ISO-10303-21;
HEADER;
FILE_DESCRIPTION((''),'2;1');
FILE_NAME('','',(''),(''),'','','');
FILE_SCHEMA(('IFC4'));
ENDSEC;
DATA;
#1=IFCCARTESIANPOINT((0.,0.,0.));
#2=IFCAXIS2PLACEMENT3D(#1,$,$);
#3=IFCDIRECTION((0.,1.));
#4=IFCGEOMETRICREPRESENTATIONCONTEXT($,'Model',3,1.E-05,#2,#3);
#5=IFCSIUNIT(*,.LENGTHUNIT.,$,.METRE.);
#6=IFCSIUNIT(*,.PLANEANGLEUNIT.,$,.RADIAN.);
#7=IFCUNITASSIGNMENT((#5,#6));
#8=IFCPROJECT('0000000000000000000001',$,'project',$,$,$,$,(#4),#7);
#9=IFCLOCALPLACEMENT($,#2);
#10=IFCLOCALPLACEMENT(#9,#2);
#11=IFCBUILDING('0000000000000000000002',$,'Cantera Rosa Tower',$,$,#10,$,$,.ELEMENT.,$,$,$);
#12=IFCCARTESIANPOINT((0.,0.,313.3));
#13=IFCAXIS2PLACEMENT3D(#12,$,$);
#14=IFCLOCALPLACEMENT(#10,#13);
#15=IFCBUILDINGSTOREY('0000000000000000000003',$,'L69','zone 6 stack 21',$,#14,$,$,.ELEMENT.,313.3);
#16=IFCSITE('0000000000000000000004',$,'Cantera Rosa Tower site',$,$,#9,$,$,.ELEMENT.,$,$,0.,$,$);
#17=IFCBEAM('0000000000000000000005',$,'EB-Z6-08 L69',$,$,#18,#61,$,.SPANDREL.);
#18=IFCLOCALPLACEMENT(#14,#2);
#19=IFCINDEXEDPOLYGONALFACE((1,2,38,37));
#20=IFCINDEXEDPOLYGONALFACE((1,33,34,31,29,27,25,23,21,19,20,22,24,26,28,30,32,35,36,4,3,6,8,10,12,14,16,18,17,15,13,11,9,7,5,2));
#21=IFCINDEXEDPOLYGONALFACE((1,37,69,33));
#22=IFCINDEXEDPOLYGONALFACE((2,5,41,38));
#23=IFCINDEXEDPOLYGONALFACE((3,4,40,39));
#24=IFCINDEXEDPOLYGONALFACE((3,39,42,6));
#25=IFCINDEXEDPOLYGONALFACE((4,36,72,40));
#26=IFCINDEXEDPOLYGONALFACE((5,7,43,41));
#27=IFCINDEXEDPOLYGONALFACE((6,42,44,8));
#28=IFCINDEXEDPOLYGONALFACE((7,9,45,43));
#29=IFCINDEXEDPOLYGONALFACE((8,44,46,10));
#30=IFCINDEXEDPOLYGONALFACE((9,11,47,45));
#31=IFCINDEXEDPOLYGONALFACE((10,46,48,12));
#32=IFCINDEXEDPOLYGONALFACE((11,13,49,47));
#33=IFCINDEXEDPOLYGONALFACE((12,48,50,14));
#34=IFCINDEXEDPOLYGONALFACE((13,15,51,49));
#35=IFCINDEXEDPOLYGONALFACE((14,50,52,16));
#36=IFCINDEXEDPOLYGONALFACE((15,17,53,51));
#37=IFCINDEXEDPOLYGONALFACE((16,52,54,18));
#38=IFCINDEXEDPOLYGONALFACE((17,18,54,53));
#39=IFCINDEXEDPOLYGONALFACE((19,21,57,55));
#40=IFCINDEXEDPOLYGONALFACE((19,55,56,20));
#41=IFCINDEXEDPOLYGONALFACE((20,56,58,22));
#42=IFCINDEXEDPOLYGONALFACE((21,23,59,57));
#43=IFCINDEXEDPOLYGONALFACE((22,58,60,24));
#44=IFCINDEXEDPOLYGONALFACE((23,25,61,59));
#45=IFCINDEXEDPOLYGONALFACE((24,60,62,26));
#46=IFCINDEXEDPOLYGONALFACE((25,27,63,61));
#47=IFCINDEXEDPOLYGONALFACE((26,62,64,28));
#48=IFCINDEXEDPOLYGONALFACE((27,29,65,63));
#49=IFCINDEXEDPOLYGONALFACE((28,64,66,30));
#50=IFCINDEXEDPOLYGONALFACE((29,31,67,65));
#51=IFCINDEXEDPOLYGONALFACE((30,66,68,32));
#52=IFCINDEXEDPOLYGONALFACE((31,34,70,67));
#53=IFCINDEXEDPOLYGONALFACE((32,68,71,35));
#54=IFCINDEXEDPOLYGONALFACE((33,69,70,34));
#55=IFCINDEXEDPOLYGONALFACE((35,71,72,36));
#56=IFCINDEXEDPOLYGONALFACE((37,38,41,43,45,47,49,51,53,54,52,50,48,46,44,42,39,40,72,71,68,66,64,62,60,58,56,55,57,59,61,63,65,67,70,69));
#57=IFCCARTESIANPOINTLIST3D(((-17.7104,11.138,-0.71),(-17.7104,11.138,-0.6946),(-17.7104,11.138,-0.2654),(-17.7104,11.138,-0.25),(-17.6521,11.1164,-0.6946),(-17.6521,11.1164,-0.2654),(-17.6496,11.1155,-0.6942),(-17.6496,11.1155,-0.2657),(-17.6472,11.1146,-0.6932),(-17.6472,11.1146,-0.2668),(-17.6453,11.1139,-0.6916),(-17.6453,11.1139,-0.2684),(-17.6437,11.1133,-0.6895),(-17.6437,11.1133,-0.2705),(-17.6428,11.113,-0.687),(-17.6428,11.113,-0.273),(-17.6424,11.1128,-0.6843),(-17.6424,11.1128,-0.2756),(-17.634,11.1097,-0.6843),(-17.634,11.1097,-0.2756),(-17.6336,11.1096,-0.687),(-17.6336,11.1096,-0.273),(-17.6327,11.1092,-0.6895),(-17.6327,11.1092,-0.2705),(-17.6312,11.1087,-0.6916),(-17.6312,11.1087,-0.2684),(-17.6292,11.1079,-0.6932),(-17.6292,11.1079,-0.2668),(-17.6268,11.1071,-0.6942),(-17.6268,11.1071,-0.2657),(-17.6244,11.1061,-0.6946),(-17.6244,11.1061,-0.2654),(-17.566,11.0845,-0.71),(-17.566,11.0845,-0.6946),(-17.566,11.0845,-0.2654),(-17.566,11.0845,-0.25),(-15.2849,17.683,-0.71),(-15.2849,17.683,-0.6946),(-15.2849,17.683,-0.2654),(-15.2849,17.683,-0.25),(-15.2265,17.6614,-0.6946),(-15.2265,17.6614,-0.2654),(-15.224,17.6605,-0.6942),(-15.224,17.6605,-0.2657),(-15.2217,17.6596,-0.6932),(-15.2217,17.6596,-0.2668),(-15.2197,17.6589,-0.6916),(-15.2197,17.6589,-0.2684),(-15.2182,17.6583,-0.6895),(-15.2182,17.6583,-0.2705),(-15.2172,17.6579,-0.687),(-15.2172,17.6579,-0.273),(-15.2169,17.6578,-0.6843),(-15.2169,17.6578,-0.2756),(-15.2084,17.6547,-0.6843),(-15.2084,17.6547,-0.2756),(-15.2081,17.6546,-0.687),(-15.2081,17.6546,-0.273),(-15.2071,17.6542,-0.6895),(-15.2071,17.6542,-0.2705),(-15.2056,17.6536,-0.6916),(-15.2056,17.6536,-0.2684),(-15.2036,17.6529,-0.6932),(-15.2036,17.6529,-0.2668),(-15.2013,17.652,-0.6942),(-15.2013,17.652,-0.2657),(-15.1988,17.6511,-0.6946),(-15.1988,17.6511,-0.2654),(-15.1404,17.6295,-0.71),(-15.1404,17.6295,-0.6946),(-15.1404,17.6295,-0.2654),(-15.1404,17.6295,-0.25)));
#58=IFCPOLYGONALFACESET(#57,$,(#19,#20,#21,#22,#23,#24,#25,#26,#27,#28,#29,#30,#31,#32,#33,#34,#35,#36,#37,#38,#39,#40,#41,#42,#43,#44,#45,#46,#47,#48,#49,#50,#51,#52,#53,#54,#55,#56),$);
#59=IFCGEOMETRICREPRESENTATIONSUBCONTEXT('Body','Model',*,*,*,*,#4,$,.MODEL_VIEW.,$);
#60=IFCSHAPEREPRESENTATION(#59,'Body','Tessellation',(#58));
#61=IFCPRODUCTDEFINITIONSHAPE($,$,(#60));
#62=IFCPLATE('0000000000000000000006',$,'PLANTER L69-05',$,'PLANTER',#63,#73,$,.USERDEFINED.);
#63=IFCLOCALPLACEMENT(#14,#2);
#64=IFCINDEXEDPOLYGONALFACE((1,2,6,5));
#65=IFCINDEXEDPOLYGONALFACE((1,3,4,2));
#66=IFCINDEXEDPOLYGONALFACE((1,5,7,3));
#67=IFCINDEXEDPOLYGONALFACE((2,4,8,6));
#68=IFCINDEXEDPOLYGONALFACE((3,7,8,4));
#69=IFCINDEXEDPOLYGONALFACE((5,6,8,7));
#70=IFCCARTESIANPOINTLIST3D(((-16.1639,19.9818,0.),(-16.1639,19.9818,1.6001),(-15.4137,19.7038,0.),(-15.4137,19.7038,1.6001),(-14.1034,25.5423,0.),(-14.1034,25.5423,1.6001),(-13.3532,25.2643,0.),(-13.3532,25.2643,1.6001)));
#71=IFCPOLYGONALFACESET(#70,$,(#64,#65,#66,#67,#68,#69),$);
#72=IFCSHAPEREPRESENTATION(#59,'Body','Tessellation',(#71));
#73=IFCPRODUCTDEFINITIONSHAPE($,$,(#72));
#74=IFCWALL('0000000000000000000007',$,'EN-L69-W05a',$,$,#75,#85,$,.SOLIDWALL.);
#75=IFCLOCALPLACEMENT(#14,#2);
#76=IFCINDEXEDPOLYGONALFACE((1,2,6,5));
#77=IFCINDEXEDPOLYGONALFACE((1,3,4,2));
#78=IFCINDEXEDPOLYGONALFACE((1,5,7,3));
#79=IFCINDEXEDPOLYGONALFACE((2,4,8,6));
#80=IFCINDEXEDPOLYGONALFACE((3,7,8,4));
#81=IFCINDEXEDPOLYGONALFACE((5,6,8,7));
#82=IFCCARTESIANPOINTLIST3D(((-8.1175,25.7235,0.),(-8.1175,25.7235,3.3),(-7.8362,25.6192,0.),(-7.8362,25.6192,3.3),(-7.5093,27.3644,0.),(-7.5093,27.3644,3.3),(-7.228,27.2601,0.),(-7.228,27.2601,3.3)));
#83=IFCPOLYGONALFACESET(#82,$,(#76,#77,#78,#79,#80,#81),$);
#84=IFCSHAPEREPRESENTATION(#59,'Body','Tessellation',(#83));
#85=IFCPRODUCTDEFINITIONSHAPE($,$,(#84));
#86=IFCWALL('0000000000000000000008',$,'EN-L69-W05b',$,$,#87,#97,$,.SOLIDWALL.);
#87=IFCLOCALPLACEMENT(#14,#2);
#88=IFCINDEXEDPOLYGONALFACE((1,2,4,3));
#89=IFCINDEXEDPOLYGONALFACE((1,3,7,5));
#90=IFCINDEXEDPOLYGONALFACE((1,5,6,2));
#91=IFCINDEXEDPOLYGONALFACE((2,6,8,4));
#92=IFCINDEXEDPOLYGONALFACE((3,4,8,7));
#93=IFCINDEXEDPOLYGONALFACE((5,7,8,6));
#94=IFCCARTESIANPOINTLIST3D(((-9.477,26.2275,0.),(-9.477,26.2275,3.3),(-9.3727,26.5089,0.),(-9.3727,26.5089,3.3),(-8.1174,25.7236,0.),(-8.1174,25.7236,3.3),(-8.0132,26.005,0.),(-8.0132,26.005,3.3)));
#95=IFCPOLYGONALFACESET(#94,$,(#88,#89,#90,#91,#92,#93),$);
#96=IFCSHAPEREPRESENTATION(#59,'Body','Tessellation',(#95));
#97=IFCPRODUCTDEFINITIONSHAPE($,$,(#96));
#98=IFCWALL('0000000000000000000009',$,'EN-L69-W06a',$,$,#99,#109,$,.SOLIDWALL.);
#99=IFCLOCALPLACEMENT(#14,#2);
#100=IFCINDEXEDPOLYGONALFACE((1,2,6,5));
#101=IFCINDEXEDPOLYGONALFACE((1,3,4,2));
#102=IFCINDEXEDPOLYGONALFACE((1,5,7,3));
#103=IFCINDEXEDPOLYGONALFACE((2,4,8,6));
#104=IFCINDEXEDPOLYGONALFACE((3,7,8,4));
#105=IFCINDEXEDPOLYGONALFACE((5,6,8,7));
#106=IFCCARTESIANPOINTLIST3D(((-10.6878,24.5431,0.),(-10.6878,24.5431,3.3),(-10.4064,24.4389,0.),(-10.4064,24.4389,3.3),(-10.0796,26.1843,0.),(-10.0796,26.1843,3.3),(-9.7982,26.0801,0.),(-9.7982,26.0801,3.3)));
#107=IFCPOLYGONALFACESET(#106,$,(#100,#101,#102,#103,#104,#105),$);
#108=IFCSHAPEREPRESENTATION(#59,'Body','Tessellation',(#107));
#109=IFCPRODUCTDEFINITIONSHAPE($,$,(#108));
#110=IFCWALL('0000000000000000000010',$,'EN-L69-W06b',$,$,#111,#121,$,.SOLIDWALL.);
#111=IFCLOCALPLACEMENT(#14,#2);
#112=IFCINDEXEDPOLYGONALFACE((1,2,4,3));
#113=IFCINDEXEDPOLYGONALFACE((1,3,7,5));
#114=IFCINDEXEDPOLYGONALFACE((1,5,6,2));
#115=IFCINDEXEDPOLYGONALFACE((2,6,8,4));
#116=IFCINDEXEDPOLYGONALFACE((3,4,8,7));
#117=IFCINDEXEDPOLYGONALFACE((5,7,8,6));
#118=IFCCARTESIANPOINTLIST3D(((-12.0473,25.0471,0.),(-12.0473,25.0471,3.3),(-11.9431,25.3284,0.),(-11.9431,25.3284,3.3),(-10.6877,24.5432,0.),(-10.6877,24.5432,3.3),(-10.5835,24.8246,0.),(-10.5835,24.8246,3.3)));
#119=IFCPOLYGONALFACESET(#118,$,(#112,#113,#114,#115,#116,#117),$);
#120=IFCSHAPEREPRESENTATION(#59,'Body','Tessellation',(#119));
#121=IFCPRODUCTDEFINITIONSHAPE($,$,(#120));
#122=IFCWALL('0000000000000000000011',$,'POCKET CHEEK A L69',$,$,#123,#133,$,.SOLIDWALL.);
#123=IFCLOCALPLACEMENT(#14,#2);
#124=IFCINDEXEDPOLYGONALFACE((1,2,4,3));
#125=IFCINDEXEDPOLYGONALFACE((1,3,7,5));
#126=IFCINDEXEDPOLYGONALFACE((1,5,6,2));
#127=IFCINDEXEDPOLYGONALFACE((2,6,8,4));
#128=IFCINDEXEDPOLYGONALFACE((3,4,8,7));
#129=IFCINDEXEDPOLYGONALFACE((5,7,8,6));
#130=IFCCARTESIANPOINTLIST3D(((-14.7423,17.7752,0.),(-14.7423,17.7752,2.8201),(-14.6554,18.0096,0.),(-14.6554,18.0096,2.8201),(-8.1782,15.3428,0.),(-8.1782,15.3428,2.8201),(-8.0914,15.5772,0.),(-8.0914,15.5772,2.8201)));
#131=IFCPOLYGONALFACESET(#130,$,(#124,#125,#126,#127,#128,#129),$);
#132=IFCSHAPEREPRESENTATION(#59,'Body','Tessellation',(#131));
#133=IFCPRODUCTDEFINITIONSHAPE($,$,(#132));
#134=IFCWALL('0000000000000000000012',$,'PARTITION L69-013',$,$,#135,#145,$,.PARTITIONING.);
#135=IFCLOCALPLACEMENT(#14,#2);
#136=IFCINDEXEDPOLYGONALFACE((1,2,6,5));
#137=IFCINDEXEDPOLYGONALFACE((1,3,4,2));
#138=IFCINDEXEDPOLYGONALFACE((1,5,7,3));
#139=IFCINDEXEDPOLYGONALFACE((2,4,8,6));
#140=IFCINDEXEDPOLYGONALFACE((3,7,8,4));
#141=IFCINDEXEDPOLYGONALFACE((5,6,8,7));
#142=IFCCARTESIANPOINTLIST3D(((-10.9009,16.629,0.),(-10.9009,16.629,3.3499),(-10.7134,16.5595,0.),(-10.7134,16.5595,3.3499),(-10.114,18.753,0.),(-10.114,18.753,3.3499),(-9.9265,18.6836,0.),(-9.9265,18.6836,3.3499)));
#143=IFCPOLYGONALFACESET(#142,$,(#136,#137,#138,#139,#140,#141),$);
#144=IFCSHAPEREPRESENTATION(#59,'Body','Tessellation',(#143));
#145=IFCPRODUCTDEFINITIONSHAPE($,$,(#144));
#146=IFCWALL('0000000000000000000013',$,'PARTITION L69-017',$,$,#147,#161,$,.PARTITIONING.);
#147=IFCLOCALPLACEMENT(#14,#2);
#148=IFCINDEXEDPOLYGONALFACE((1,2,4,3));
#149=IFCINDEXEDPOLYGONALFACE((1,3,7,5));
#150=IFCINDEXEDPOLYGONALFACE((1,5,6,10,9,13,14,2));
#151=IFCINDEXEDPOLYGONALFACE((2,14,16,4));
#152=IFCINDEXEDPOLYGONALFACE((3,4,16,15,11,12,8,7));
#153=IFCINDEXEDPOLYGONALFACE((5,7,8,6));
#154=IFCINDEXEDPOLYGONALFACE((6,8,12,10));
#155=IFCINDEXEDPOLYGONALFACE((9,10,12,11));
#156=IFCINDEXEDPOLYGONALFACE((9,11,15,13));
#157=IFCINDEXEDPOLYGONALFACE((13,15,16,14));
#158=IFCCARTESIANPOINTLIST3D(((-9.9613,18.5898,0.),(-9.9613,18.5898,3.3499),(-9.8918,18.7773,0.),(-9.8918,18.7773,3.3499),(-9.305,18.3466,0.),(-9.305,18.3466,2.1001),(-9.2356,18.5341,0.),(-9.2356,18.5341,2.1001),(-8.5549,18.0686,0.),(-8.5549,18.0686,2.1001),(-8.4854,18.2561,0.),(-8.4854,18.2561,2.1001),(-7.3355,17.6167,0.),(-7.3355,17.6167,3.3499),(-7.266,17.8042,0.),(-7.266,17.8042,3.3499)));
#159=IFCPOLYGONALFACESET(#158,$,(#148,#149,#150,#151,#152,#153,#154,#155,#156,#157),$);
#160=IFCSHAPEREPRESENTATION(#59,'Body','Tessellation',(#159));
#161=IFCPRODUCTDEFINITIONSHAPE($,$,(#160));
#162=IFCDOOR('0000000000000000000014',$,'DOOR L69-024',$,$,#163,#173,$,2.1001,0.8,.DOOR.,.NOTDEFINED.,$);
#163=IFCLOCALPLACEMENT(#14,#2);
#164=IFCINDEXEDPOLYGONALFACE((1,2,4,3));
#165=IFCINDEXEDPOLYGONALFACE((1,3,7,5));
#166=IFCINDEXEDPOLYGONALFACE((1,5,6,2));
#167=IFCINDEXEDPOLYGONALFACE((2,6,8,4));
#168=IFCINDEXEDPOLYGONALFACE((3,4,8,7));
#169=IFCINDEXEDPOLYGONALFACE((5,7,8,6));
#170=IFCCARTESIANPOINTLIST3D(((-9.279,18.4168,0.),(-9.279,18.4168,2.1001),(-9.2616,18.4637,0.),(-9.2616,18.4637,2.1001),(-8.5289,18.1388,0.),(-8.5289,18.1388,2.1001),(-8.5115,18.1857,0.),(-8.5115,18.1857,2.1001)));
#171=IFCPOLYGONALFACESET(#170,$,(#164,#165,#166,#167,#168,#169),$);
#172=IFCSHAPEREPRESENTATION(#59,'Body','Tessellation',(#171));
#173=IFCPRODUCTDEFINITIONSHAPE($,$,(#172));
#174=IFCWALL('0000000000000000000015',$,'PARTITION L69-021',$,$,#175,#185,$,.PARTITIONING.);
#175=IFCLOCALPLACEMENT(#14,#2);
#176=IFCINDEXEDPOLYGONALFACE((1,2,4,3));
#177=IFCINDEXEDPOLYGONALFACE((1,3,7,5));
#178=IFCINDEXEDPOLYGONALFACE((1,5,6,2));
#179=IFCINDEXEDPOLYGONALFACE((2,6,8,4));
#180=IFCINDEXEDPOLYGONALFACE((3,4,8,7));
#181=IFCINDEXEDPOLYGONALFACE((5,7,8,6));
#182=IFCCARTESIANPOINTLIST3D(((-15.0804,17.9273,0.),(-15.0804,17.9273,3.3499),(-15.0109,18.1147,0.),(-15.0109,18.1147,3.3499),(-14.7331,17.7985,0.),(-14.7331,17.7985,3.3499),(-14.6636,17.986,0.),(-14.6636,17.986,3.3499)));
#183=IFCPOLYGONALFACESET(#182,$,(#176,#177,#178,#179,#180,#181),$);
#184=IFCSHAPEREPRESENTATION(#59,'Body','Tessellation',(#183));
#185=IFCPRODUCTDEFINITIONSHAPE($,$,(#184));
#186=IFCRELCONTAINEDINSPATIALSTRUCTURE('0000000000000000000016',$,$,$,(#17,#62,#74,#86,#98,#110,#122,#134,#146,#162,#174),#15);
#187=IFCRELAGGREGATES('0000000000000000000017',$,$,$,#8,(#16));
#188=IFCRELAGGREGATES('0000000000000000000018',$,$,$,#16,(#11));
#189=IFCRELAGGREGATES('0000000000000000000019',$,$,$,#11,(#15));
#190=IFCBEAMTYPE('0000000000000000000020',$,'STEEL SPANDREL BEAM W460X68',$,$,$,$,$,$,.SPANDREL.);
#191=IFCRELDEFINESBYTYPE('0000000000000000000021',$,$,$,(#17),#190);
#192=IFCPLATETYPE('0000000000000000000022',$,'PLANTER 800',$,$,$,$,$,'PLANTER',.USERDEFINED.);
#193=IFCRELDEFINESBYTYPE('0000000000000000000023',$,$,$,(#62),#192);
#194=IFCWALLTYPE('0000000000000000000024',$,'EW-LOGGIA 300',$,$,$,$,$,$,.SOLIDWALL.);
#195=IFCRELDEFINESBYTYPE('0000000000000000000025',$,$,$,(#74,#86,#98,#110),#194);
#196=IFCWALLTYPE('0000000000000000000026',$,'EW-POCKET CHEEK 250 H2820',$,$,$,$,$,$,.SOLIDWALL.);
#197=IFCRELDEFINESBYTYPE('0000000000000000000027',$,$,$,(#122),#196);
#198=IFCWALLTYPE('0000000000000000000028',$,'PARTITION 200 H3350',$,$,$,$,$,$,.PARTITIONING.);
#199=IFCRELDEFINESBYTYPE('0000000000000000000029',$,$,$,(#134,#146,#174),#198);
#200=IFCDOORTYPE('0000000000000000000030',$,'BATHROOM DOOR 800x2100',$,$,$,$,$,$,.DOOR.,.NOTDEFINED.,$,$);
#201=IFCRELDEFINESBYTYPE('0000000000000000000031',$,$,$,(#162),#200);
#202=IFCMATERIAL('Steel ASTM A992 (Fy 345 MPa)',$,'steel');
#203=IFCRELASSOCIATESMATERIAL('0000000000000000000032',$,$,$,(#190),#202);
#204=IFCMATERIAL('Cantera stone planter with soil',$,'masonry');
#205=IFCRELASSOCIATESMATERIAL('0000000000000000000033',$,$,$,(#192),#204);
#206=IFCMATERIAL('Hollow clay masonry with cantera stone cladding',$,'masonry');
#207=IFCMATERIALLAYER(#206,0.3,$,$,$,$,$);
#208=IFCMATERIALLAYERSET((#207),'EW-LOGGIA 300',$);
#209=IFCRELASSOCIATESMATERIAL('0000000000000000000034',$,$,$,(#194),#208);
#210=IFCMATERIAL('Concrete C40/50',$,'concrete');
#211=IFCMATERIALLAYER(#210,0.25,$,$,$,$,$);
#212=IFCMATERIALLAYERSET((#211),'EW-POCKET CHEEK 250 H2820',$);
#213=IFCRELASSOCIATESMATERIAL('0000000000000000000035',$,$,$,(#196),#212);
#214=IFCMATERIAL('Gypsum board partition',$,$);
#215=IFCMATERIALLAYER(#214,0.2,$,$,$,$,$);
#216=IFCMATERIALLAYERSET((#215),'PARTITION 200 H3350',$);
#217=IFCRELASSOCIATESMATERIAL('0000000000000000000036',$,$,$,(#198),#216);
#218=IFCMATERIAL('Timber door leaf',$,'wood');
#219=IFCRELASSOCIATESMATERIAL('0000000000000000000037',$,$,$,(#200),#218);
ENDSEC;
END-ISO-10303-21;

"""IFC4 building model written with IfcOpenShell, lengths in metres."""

from ifc_helpers import new_model, si_unit, direction, frame, frame_2d, origin, origin_2d, place, context, subcontext, project, spatial, rectangle, i_section, extrude, material, layer, layer_set, material_profile, profile_set, type_object, element, fill, save


model = new_model("IFC4")

# Units and contexts
model_context = context("Model", 3, precision=1e-05, world=origin(), true_north=direction((0.0, 1.0)))
body_context = subcontext(model_context, "Body", "Model", "MODEL_VIEW")
ifc_project = project(units=[si_unit("LENGTHUNIT", "METRE"), si_unit("PLANEANGLEUNIT", "RADIAN")], contexts=[model_context])

# Site, building, storey
site_placement = place(None, origin())
site = spatial("IfcSite", under=ifc_project, at=site_placement, Name="Cantera Rosa Tower site", CompositionType="ELEMENT", RefElevation=0.0)
building_placement = place(site_placement, origin())
building = spatial("IfcBuilding", under=site, at=building_placement, Name="Cantera Rosa Tower", CompositionType="ELEMENT")
storey_placement = place(building_placement, frame((0.0, 0.0, 313.3)))
storey = spatial("IfcBuildingStorey", under=building, at=storey_placement, Name="L69", Description="zone 6 stack 21", CompositionType="ELEMENT", Elevation=313.3)

# Beam
ifc_material_1 = material(Name="Steel ASTM A992 (Fy 345 MPa)", Category="steel")
ifc_material_profile_1 = material_profile(ifc_material_1, i_section(OverallWidth=0.1541, OverallDepth=0.46, WebThickness=0.009, FlangeThickness=0.0154, FilletRadius=0.0103, at=origin_2d()), Name="W460X68")
ifc_profile_set_1 = profile_set([ifc_material_profile_1], Name="Steel ASTM A992 (Fy 345 MPa)")
beam_type_1 = type_object("IfcBeamType", Name="STEEL SPANDREL BEAM W460X68", PredefinedType="SPANDREL", material=ifc_profile_set_1)
beam_1_placement = place(storey_placement, frame((-15.2126, 17.6562, -0.48), z_axis=(-0.347502, -0.937679, 0.0), x_axis=(0.937679, -0.347502, 0.0)))
element("IfcBeam", 1, at=beam_1_placement, inside=storey, type_object=beam_type_1, Name="EB-Z6-08 L69", PredefinedType="SPANDREL", context=body_context, shape_type="SweptSolid", body=[
    extrude(i_section(OverallWidth=0.1541, OverallDepth=0.46, WebThickness=0.009, FlangeThickness=0.0154, FilletRadius=0.0103, at=origin_2d()), origin(), (0.0, 0.0, 1.0), 6.98),
])

# Plate
ifc_material_2 = material(Name="Cantera stone planter with soil", Category="masonry")
plate_type = type_object("IfcPlateType", Name="PLANTER 800", ElementType="PLANTER", PredefinedType="USERDEFINED", material=ifc_material_2)
plate_placement = place(storey_placement, frame((-14.7585, 22.623, 0.0), z_axis=(0.0, 0.0, 1.0), x_axis=(-0.347481, -0.937687, 0.0)))
element("IfcPlate", 2, at=plate_placement, inside=storey, type_object=plate_type, Name="PLANTER L69-05", ObjectType="PLANTER", PredefinedType="USERDEFINED", context=body_context, shape_type="SweptSolid", body=[
    extrude(rectangle(XDim=5.9299, YDim=0.8, at=origin_2d()), origin(), (0.0, 0.0, 1.0), 1.6001),
])

# Walls
ifc_material_3 = material(Name="Hollow clay masonry with cantera stone cladding", Category="masonry")
ifc_layer_1 = layer(ifc_material_3, 0.3)
ifc_layer_set_1 = layer_set([ifc_layer_1], Name="EW-LOGGIA 300")
wall_type_1 = type_object("IfcWallType", Name="EW-LOGGIA 300", PredefinedType="SOLIDWALL", material=ifc_layer_set_1)
wall_1_placement = place(storey_placement, frame((-7.3687, 27.3123, 0.0), z_axis=(0.0, 0.0, 1.0), x_axis=(-0.347528, -0.93767, 0.0)))
element("IfcWall", 3, at=wall_1_placement, inside=storey, type_object=wall_type_1, Name="EN-L69-W05a", PredefinedType="SOLIDWALL", context=body_context, shape_type="SweptSolid", body=[
    extrude(rectangle(XDim=1.75, YDim=0.3, at=frame_2d((0.875, 0.0))), origin(), (0.0, 0.0, 1.0), 3.3),
])
wall_2_placement = place(storey_placement, frame((-8.0652, 25.8643, 0.0), z_axis=(0.0, 0.0, 1.0), x_axis=(-0.937672, 0.347523, 0.0)))
element("IfcWall", 4, at=wall_2_placement, inside=storey, type_object=wall_type_1, Name="EN-L69-W05b", PredefinedType="SOLIDWALL", context=body_context, shape_type="SweptSolid", body=[
    extrude(rectangle(XDim=1.45, YDim=0.3, at=frame_2d((0.7251, 0.0))), origin(), (0.0, 0.0, 1.0), 3.3),
])
wall_3_placement = place(storey_placement, frame((-9.939, 26.1321, 0.0), z_axis=(0.0, 0.0, 1.0), x_axis=(-0.347482, -0.937686, 0.0)))
element("IfcWall", 5, at=wall_3_placement, inside=storey, type_object=wall_type_1, Name="EN-L69-W06a", PredefinedType="SOLIDWALL", context=body_context, shape_type="SweptSolid", body=[
    extrude(rectangle(XDim=1.7502, YDim=0.3, at=frame_2d((0.875, 0.0))), origin(), (0.0, 0.0, 1.0), 3.3),
])
wall_4_placement = place(storey_placement, frame((-10.6355, 24.6838, 0.0), z_axis=(0.0, 0.0, 1.0), x_axis=(-0.937672, 0.347523, 0.0)))
element("IfcWall", 6, at=wall_4_placement, inside=storey, type_object=wall_type_1, Name="EN-L69-W06b", PredefinedType="SOLIDWALL", context=body_context, shape_type="SweptSolid", body=[
    extrude(rectangle(XDim=1.45, YDim=0.3, at=frame_2d((0.7251, 0.0))), origin(), (0.0, 0.0, 1.0), 3.3),
])

# Walls
ifc_material_4 = material(Name="Concrete C40/50", Category="concrete")
ifc_layer_2 = layer(ifc_material_4, 0.25)
ifc_layer_set_2 = layer_set([ifc_layer_2], Name="EW-POCKET CHEEK 250 H2820")
wall_type_2 = type_object("IfcWallType", Name="EW-POCKET CHEEK 250 H2820", PredefinedType="SOLIDWALL", material=ifc_layer_set_2)
wall_5_placement = place(storey_placement, frame((-14.6987, 17.8923, 0.0), z_axis=(0.0, 0.0, 1.0), x_axis=(0.937689, -0.347475, 0.0)))
element("IfcWall", 7, at=wall_5_placement, inside=storey, type_object=wall_type_2, Name="POCKET CHEEK A L69", PredefinedType="SOLIDWALL", context=body_context, shape_type="SweptSolid", body=[
    extrude(rectangle(XDim=7.0002, YDim=0.25, at=frame_2d((3.5, 0.0))), origin(), (0.0, 0.0, 1.0), 2.8201),
])
ifc_material_5 = material(Name="Gypsum board partition")
ifc_layer_3 = layer(ifc_material_5, 0.2)
ifc_layer_set_3 = layer_set([ifc_layer_3], Name="PARTITION 200 H3350")
wall_type_3 = type_object("IfcWallType", Name="PARTITION 200 H3350", PredefinedType="PARTITIONING", material=ifc_layer_set_3)
wall_6_placement = place(storey_placement, frame((-10.8071, 16.5942, 0.0), z_axis=(0.0, 0.0, 1.0), x_axis=(0.347388, 0.937721, 0.0)))
element("IfcWall", 8, at=wall_6_placement, inside=storey, type_object=wall_type_3, Name="PARTITION L69-013", PredefinedType="PARTITIONING", context=body_context, shape_type="SweptSolid", body=[
    extrude(rectangle(XDim=2.2651, YDim=0.2, at=frame_2d((1.1326, 0.0))), origin(), (0.0, 0.0, 1.0), 3.3499),
])

# Wall, opening, door
wall_7_placement = place(storey_placement, frame((-9.9265, 18.6836, 0.0), z_axis=(0.0, 0.0, 1.0), x_axis=(0.937673, -0.347519, 0.0)))
wall_7 = element("IfcWall", 9, at=wall_7_placement, inside=storey, type_object=wall_type_3, Name="PARTITION L69-017", PredefinedType="PARTITIONING", context=body_context, shape_type="SweptSolid", body=[
    extrude(rectangle(XDim=2.8003, YDim=0.2, at=frame_2d((1.4001, 0.0))), origin(), (0.0, 0.0, 1.0), 3.3499),
])
opening_1_placement = place(wall_7_placement, frame((0.7, 0.0, 0.0)))
opening_1 = element("IfcOpeningElement", 10, at=opening_1_placement, cuts=wall_7, PredefinedType="OPENING", context=body_context, shape_type="SweptSolid", body=[
    extrude(rectangle(XDim=0.8, YDim=2.1001, at=frame_2d((0.3999, 1.05))), frame((0.0, 0.1099, 0.0), z_axis=(0.0, -1.0, 0.0), x_axis=(1.0, 0.0, 0.0)), (0.0, 0.0, 1.0), 0.22),
])
ifc_material_6 = material(Name="Timber door leaf", Category="wood")
door_type_1 = type_object("IfcDoorType", Name="BATHROOM DOOR 800x2100", OperationType="NOTDEFINED", PredefinedType="DOOR", material=ifc_material_6)
door_1_placement = place(opening_1_placement, origin())
door_1 = element("IfcDoor", 11, at=door_1_placement, inside=storey, type_object=door_type_1, Name="DOOR L69-024", OperationType="NOTDEFINED", OverallHeight=2.1001, OverallWidth=0.8, PredefinedType="DOOR", context=body_context, shape_type="SweptSolid", body=[
    extrude(rectangle(XDim=0.8, YDim=2.1001, at=frame_2d((0.3999, 1.05))), frame((0.0, 0.0249, 0.0), z_axis=(0.0, -1.0, 0.0), x_axis=(1.0, 0.0, 0.0)), (0.0, 0.0, 1.0), 0.05),
])
fill(opening_1, door_1)

# Wall
wall_8_placement = place(storey_placement, frame((-14.6985, 17.8923, 0.0), z_axis=(0.0, 0.0, 1.0), x_axis=(-0.937677, 0.347508, 0.0)))
element("IfcWall", 12, at=wall_8_placement, inside=storey, type_object=wall_type_3, Name="PARTITION L69-021", PredefinedType="PARTITIONING", context=body_context, shape_type="SweptSolid", body=[
    extrude(rectangle(XDim=0.3704, YDim=0.2, at=frame_2d((0.1851, 0.0))), origin(), (0.0, 0.0, 1.0), 3.3499),
])

save(model, "model.ifc")
